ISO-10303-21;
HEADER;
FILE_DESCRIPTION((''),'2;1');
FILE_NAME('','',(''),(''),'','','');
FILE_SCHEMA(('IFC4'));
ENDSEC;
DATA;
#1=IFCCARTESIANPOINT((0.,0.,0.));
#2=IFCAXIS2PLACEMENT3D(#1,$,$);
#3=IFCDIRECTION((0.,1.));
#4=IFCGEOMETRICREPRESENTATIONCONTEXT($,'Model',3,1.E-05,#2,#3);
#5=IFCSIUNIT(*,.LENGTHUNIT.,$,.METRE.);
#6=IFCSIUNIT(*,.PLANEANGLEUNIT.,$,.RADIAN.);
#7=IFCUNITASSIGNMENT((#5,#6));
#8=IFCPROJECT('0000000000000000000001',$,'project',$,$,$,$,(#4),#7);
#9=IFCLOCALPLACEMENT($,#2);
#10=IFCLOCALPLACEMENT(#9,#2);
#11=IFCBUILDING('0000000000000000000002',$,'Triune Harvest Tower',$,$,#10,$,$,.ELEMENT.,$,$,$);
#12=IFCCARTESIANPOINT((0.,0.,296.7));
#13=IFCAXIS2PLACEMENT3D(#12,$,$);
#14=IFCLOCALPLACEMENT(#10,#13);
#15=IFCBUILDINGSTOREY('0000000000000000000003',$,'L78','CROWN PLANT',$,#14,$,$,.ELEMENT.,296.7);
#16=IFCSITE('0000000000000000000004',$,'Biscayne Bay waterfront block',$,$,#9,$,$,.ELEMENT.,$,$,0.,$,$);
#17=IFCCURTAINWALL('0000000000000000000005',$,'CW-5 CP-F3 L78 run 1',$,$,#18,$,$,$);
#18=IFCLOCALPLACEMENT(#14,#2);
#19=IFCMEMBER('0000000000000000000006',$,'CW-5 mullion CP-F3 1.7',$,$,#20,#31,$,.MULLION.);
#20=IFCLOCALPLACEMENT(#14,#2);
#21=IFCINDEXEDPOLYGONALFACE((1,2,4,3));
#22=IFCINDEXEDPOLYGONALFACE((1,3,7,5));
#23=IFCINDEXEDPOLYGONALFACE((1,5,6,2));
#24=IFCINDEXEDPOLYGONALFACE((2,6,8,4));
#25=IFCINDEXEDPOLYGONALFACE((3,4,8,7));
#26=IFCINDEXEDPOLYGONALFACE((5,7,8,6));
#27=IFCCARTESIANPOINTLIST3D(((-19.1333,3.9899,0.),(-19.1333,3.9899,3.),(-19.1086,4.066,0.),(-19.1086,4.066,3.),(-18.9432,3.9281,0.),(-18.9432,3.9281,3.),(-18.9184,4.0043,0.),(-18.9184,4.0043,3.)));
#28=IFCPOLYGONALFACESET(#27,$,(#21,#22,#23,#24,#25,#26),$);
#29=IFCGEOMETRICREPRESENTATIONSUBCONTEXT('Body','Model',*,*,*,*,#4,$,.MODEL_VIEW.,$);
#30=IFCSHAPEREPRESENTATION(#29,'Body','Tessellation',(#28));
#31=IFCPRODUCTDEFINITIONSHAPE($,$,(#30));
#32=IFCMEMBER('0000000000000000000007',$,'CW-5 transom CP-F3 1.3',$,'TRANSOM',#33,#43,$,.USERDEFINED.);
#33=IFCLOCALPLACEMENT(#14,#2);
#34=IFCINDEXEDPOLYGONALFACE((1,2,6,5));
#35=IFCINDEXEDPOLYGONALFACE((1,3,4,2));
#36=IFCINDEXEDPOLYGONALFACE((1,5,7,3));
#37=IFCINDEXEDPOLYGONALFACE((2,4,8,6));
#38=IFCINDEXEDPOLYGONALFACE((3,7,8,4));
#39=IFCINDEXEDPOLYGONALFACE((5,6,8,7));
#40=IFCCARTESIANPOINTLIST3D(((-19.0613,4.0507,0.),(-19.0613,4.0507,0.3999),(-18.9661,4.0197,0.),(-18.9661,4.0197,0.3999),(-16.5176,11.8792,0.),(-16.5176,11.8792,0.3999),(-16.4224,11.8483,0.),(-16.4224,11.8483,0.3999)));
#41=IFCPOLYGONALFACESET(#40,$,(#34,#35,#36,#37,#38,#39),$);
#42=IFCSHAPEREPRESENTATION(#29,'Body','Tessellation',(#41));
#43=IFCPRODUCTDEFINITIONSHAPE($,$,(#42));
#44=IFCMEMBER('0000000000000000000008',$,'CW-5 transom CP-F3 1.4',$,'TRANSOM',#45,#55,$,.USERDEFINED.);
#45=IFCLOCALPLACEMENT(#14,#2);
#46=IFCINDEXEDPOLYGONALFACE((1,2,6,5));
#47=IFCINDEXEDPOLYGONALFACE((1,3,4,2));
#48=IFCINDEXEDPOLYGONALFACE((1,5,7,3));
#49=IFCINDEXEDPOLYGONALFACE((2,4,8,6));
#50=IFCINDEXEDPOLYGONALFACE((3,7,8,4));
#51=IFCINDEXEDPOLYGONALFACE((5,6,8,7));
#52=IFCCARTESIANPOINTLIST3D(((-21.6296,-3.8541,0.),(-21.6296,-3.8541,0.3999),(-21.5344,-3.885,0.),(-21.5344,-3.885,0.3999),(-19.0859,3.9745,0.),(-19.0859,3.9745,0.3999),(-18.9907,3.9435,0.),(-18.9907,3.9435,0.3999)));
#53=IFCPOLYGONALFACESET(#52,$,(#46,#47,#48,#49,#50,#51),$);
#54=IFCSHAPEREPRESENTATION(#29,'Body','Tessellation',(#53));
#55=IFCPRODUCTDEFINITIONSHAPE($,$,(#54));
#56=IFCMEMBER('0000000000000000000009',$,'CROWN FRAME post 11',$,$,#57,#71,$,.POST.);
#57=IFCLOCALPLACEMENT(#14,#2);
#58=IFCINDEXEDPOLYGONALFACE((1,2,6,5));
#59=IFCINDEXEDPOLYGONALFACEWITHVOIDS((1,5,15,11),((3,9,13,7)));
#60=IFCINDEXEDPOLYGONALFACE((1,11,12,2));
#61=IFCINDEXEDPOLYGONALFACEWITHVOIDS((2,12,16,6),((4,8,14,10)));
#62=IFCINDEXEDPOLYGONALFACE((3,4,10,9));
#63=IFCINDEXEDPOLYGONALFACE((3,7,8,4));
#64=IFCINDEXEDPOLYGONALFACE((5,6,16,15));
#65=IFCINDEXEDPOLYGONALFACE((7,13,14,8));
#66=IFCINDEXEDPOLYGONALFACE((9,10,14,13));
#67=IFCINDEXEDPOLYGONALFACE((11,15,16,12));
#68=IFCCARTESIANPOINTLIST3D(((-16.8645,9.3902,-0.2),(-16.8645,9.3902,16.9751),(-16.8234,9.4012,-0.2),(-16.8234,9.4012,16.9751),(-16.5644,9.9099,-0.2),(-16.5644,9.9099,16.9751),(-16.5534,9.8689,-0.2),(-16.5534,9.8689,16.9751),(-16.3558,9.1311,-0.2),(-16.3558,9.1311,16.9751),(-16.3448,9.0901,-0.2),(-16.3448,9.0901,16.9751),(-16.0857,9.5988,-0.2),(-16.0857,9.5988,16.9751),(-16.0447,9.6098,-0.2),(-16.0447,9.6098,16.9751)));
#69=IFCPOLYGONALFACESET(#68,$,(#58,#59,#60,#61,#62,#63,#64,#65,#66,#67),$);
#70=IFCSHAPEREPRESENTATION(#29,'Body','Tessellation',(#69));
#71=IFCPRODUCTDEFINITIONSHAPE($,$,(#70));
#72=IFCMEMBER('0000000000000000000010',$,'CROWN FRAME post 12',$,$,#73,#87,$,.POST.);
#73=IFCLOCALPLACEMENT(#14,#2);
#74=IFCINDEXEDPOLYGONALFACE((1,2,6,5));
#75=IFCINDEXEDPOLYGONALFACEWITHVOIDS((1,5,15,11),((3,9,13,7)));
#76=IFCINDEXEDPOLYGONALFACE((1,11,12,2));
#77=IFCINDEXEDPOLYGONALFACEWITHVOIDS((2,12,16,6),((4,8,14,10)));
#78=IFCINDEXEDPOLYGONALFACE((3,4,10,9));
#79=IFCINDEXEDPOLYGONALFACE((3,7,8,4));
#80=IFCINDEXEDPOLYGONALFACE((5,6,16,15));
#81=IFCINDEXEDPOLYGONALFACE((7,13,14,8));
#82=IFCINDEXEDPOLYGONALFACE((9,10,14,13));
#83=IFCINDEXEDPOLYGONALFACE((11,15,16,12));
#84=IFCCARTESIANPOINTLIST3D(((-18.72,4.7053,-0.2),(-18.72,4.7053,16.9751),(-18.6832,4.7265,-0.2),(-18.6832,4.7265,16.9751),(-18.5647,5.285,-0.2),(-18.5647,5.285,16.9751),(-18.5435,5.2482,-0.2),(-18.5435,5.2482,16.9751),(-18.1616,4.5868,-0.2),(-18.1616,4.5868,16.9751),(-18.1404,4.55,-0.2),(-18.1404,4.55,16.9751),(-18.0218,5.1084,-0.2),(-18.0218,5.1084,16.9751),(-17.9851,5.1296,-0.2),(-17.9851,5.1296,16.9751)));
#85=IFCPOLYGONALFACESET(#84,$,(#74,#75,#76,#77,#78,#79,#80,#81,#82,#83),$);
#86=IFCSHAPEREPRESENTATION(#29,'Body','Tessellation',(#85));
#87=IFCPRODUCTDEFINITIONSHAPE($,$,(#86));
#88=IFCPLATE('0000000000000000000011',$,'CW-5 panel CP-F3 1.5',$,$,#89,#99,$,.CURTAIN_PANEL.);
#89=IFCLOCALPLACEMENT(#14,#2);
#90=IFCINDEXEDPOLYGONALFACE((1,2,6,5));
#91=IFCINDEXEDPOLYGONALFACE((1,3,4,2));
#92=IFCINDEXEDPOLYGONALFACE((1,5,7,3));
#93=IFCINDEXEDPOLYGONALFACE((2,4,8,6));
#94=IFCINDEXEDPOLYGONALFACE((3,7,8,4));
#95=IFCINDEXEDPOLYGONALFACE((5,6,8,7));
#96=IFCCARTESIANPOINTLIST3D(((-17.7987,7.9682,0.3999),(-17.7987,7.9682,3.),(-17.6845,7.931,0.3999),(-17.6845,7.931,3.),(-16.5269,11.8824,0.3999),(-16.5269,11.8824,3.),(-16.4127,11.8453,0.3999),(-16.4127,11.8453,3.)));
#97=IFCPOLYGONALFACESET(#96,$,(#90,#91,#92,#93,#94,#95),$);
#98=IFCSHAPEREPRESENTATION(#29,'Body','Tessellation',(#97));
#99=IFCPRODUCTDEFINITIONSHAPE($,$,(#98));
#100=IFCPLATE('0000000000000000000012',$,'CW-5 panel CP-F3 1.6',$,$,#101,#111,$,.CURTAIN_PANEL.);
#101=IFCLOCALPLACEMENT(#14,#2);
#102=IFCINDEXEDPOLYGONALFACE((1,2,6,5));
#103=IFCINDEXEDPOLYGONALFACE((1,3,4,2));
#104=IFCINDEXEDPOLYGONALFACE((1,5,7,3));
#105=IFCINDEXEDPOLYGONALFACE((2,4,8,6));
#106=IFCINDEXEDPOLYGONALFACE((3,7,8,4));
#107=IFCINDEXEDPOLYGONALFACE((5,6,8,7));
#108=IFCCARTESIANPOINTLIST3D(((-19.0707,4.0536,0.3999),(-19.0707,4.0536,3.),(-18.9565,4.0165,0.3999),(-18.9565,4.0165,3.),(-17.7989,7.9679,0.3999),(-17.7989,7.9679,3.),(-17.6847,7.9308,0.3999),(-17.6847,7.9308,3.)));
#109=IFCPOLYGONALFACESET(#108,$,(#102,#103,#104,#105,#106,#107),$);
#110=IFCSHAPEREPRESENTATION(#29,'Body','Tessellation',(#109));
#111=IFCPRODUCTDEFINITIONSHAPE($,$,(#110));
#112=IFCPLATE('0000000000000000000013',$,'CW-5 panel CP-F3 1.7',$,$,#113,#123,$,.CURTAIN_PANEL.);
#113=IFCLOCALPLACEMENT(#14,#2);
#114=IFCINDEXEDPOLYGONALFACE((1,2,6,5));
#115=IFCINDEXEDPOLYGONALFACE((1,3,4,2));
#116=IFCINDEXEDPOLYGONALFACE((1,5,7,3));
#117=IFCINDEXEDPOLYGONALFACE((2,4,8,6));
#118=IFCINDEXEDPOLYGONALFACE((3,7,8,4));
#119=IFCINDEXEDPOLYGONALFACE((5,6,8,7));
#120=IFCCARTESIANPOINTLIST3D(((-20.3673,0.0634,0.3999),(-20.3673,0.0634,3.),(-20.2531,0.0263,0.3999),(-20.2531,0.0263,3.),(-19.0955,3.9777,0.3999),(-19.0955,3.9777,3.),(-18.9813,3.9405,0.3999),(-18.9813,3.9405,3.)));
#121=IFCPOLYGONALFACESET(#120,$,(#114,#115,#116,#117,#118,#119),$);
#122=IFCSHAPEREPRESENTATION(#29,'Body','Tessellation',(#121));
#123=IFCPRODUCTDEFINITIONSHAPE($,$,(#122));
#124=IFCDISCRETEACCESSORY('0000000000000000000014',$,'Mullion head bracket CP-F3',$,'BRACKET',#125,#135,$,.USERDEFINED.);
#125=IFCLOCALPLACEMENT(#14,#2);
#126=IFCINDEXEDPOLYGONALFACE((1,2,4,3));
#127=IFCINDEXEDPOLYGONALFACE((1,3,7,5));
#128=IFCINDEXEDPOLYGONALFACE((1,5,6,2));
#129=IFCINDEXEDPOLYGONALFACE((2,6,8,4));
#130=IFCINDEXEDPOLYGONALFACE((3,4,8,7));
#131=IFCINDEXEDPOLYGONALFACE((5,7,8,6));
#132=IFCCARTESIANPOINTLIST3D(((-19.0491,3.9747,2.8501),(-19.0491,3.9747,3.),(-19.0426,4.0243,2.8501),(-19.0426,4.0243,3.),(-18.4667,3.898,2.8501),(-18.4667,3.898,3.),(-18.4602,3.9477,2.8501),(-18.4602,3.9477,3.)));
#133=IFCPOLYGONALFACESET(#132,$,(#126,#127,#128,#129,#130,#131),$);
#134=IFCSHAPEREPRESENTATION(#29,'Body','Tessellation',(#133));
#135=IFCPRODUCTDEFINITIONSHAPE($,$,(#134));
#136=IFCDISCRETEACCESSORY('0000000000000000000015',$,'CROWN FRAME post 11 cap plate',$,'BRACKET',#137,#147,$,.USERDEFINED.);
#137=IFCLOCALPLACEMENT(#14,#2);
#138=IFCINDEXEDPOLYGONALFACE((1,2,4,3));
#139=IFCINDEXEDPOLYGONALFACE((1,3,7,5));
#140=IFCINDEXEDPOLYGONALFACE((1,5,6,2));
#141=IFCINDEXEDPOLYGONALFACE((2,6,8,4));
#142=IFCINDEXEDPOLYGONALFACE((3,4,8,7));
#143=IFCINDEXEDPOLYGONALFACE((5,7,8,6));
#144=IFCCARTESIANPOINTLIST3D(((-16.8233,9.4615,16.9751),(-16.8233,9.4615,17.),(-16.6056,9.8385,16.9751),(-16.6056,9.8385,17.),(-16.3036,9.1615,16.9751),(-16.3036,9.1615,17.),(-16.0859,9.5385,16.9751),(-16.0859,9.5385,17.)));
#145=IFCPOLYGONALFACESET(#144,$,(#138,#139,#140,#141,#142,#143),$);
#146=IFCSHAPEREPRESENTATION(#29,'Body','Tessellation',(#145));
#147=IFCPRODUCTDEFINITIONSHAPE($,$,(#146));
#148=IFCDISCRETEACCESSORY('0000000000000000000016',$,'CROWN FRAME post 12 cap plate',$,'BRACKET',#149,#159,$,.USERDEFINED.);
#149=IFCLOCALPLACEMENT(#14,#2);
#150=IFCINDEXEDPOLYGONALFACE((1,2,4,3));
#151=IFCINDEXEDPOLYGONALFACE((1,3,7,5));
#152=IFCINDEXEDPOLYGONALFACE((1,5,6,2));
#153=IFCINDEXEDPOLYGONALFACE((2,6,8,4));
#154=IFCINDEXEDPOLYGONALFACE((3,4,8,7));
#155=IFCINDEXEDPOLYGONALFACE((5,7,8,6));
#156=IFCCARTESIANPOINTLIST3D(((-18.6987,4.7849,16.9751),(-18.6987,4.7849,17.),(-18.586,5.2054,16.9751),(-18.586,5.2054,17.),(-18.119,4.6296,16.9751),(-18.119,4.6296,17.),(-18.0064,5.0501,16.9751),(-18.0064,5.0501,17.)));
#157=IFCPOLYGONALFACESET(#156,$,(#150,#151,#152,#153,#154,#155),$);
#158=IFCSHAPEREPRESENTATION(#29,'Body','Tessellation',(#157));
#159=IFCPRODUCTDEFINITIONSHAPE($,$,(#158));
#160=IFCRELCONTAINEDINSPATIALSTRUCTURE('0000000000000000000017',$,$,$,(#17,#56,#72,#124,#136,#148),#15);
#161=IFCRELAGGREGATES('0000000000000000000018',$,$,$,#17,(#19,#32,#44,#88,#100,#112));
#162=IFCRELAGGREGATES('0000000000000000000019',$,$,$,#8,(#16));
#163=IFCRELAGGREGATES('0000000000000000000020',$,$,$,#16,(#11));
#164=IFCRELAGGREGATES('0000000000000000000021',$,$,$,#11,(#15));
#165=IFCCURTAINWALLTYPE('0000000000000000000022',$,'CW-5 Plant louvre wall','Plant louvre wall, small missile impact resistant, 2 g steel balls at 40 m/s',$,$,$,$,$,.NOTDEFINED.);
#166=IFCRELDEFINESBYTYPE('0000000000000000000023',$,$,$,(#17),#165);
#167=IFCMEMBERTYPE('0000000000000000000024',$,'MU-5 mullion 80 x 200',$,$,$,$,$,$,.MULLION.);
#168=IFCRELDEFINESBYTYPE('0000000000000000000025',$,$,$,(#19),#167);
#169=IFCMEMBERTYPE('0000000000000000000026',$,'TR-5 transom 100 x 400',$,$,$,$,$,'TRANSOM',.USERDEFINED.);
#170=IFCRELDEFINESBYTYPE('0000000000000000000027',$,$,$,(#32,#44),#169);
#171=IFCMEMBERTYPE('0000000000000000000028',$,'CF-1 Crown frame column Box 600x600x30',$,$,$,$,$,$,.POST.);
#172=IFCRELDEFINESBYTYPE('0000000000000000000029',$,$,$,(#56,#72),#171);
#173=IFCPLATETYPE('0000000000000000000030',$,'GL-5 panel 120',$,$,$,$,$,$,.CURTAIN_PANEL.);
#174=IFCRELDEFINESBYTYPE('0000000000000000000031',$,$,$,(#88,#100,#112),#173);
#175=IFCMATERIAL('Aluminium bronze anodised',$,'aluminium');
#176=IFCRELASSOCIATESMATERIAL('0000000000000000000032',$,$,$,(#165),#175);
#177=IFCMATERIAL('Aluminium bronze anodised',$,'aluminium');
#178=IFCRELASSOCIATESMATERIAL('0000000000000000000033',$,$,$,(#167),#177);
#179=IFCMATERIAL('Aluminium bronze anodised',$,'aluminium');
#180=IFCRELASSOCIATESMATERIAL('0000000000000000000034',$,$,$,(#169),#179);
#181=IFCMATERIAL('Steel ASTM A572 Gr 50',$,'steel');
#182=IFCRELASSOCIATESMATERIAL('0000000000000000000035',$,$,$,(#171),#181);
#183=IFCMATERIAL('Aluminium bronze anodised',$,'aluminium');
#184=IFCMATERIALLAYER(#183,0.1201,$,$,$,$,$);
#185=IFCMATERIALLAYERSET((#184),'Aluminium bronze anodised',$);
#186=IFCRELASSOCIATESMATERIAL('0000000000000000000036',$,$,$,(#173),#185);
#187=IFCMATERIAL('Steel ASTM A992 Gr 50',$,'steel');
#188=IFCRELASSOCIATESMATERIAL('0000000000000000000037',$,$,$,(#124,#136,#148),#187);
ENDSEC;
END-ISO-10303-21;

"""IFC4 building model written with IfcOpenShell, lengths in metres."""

from ifc_helpers import new_model, si_unit, direction, frame, origin, origin_2d, place, context, subcontext, project, spatial, rectangle, hollow_rectangle, extrude, source, transform, mapped, material, layer, layer_set, material_profile, profile_set, type_object, element, aggregate, save


model = new_model("IFC4")

# Units and contexts
model_context = context("Model", 3, precision=1e-05, world=origin(), true_north=direction((0.0, 1.0)))
body_context = subcontext(model_context, "Body", "Model", "MODEL_VIEW")
ifc_project = project(units=[si_unit("LENGTHUNIT", "METRE"), si_unit("PLANEANGLEUNIT", "RADIAN")], contexts=[model_context])

# Site, building, storey
site_placement = place(None, origin())
site = spatial("IfcSite", under=ifc_project, at=site_placement, Name="Biscayne Bay waterfront block", CompositionType="ELEMENT", RefElevation=0.0)
building_placement = place(site_placement, origin())
building = spatial("IfcBuilding", under=site, at=building_placement, Name="Triune Harvest Tower", CompositionType="ELEMENT")
storey_placement = place(building_placement, frame((0.0, 0.0, 296.7)))
storey = spatial("IfcBuildingStorey", under=building, at=storey_placement, Name="L78", Description="CROWN PLANT", CompositionType="ELEMENT", Elevation=296.7)

# Curtain wall, members
ifc_material_1 = material(Name="Aluminium bronze anodised", Category="aluminium")
curtain_wall_type = type_object("IfcCurtainWallType", Name="CW-5 Plant louvre wall", Description="Plant louvre wall, small missile impact resistant, 2 g steel balls at 40 m/s", PredefinedType="NOTDEFINED", material=ifc_material_1)
curtain_wall_placement = place(storey_placement, origin())
curtain_wall = element("IfcCurtainWall", 1, at=curtain_wall_placement, inside=storey, type_object=curtain_wall_type, Name="CW-5 CP-F3 L78 run 1")
ifc_material_2 = material(Name="Aluminium bronze anodised", Category="aluminium")
ifc_material_profile_1 = material_profile(ifc_material_2, rectangle(XDim=0.2, YDim=0.0801, at=origin_2d()), Name="MU-5 mullion 80 x 200")
ifc_profile_set_1 = profile_set([ifc_material_profile_1], Name="Aluminium bronze anodised")
member_type_1 = type_object("IfcMemberType", Name="MU-5 mullion 80 x 200", PredefinedType="MULLION", material=ifc_profile_set_1)
shared_shape_1 = source(origin(), body_context, "Body", "SweptSolid", [
    extrude(rectangle(XDim=0.2, YDim=0.0801, at=origin_2d()), origin(), (0.0, 0.0, 1.0), 3.0),
])
member_1_placement = place(storey_placement, frame((-19.0259, 3.9971, 0.0), z_axis=(0.0, 0.0, 1.0), x_axis=(0.951057, -0.309016, 0.0)))
member_1 = element("IfcMember", 2, at=member_1_placement, type_object=member_type_1, Name="CW-5 mullion CP-F3 1.7", PredefinedType="MULLION", context=body_context, shape_type="MappedRepresentation", body=[
    mapped(shared_shape_1, transform((0.0, 0.0, 0.0), scale=1.0)),
])
ifc_material_3 = material(Name="Aluminium bronze anodised", Category="aluminium")
ifc_material_profile_2 = material_profile(ifc_material_3, rectangle(XDim=0.1001, YDim=0.3999, at=origin_2d()), Name="TR-5 transom 100 x 400")
ifc_profile_set_2 = profile_set([ifc_material_profile_2], Name="Aluminium bronze anodised")
member_type_2 = type_object("IfcMemberType", Name="TR-5 transom 100 x 400", ElementType="TRANSOM", PredefinedType="USERDEFINED", material=ifc_profile_set_2)
shared_shape_2 = source(origin(), body_context, "Body", "SweptSolid", [
    extrude(rectangle(XDim=0.1001, YDim=0.3999, at=origin_2d()), origin(), (0.0, 0.0, 1.0), 8.2314),
])
member_2_placement = place(storey_placement, frame((-16.47, 11.8638, 0.2), z_axis=(-0.30902, -0.951055, 0.0), x_axis=(0.951055, -0.30902, 0.0)))
member_2 = element("IfcMember", 3, at=member_2_placement, type_object=member_type_2, Name="CW-5 transom CP-F3 1.3", ObjectType="TRANSOM", PredefinedType="USERDEFINED", context=body_context, shape_type="MappedRepresentation", body=[
    mapped(shared_shape_2, transform((0.0, 0.0, 0.0), scale=1.0)),
])
member_3_placement = place(storey_placement, frame((-19.0383, 3.959, 0.2), z_axis=(-0.30902, -0.951055, 0.0), x_axis=(0.951055, -0.30902, 0.0)))
member_3 = element("IfcMember", 4, at=member_3_placement, type_object=member_type_2, Name="CW-5 transom CP-F3 1.4", ObjectType="TRANSOM", PredefinedType="USERDEFINED", context=body_context, shape_type="MappedRepresentation", body=[
    mapped(shared_shape_2, transform((0.0, 0.0, 0.0), scale=1.0)),
])

# Members
ifc_material_4 = material(Name="Steel ASTM A572 Gr 50", Category="steel")
ifc_material_profile_3 = material_profile(ifc_material_4, hollow_rectangle(XDim=0.6001, YDim=0.6001, WallThickness=0.03, at=origin_2d()), Name="Box 600x600x30")
ifc_profile_set_3 = profile_set([ifc_material_profile_3], Name="Steel ASTM A572 Gr 50")
member_type_3 = type_object("IfcMemberType", Name="CF-1 Crown frame column Box 600x600x30", PredefinedType="POST", material=ifc_profile_set_3)
shared_shape_3 = source(origin(), body_context, "Body", "SweptSolid", [
    extrude(hollow_rectangle(XDim=0.6001, YDim=0.6001, WallThickness=0.03, at=origin_2d()), origin(), (0.0, 0.0, 1.0), 17.175),
])
for number, where, z_axis, x_axis, name in (
    (5, (-16.4546, 9.5, -0.2), (0.0, 0.0, 1.0), (-0.5, -0.866025, 0.0), "CROWN FRAME post 11"),
    (6, (-18.3525, 4.9175, -0.2), (0.0, 0.0, 1.0), (-0.258819, -0.965926, 0.0), "CROWN FRAME post 12"),
):
    element("IfcMember", number, at=place(storey_placement, frame(where, z_axis=z_axis, x_axis=x_axis)), inside=storey, type_object=member_type_3, Name=name, PredefinedType="POST", context=body_context, shape_type="MappedRepresentation", body=[
        mapped(shared_shape_3, transform((0.0, 0.0, 0.0), scale=1.0)),
    ])

# Plates
ifc_material_5 = material(Name="Aluminium bronze anodised", Category="aluminium")
ifc_layer = layer(ifc_material_5, 0.1201)
ifc_layer_set = layer_set([ifc_layer], Name="Aluminium bronze anodised")
plate_type = type_object("IfcPlateType", Name="GL-5 panel 120", PredefinedType="CURTAIN_PANEL", material=ifc_layer_set)
shared_shape_4 = source(origin(), body_context, "Body", "SweptSolid", [
    extrude(rectangle(XDim=4.1157, YDim=0.1201, at=origin_2d()), origin(), (0.0, 0.0, 1.0), 2.6001),
])
plate_1_placement = place(storey_placement, frame((-17.1057, 9.9067, 0.3999), z_axis=(0.0, 0.0, 1.0), x_axis=(-0.309016, -0.951057, 0.0)))
plate_1 = element("IfcPlate", 7, at=plate_1_placement, type_object=plate_type, Name="CW-5 panel CP-F3 1.5", PredefinedType="CURTAIN_PANEL", context=body_context, shape_type="MappedRepresentation", body=[
    mapped(shared_shape_4, transform((0.0, 0.0, 0.0), scale=1.0)),
])
plate_2_placement = place(storey_placement, frame((-18.3777, 5.9922, 0.3999), z_axis=(0.0, 0.0, 1.0), x_axis=(-0.309016, -0.951057, 0.0)))
plate_2 = element("IfcPlate", 8, at=plate_2_placement, type_object=plate_type, Name="CW-5 panel CP-F3 1.6", PredefinedType="CURTAIN_PANEL", context=body_context, shape_type="MappedRepresentation", body=[
    mapped(shared_shape_4, transform((0.0, 0.0, 0.0), scale=1.0)),
])
plate_3_placement = place(storey_placement, frame((-19.6743, 2.002, 0.3999), z_axis=(0.0, 0.0, 1.0), x_axis=(-0.309016, -0.951057, 0.0)))
plate_3 = element("IfcPlate", 9, at=plate_3_placement, type_object=plate_type, Name="CW-5 panel CP-F3 1.7", PredefinedType="CURTAIN_PANEL", context=body_context, shape_type="MappedRepresentation", body=[
    mapped(shared_shape_4, transform((0.0, 0.0, 0.0), scale=1.0)),
])
aggregate(curtain_wall, [member_1, member_2, member_3, plate_1, plate_2, plate_3])

# Discrete accessories
ifc_material_6 = material(Name="Steel ASTM A992 Gr 50", Category="steel")
shared_shape_5 = source(origin(), body_context, "Body", "SweptSolid", [
    extrude(rectangle(XDim=0.5874, YDim=0.05, at=origin_2d()), origin(), (0.0, 0.0, 1.0), 0.1499),
])
discrete_accessory_placement = place(storey_placement, frame((-18.7546, 3.9612, 2.8501), z_axis=(0.0, 0.0, 1.0), x_axis=(0.991445, -0.130523, 0.0)))
element("IfcDiscreteAccessory", 10, at=discrete_accessory_placement, inside=storey, material=ifc_material_6, Name="Mullion head bracket CP-F3", ObjectType="BRACKET", PredefinedType="USERDEFINED", context=body_context, shape_type="MappedRepresentation", body=[
    mapped(shared_shape_5, transform((0.0, 0.0, 0.0), scale=1.0)),
])
shared_shape_6 = source(origin(), body_context, "Body", "SweptSolid", [
    extrude(rectangle(XDim=0.6001, YDim=0.4353, at=origin_2d()), origin(), (0.0, 0.0, 1.0), 0.0249),
])
for number, where, z_axis, x_axis, name in (
    (11, (-16.4546, 9.5, 16.9751), (0.0, 0.0, 1.0), (-0.866025, 0.5, 0.0), "CROWN FRAME post 11 cap plate"),
    (12, (-18.3525, 4.9175, 16.9751), (0.0, 0.0, 1.0), (-0.965926, 0.258819, 0.0), "CROWN FRAME post 12 cap plate"),
):
    element("IfcDiscreteAccessory", number, at=place(storey_placement, frame(where, z_axis=z_axis, x_axis=x_axis)), inside=storey, material=ifc_material_6, Name=name, ObjectType="BRACKET", PredefinedType="USERDEFINED", context=body_context, shape_type="MappedRepresentation", body=[
        mapped(shared_shape_6, transform((0.0, 0.0, 0.0), scale=1.0)),
    ])

save(model, "model.ifc")
